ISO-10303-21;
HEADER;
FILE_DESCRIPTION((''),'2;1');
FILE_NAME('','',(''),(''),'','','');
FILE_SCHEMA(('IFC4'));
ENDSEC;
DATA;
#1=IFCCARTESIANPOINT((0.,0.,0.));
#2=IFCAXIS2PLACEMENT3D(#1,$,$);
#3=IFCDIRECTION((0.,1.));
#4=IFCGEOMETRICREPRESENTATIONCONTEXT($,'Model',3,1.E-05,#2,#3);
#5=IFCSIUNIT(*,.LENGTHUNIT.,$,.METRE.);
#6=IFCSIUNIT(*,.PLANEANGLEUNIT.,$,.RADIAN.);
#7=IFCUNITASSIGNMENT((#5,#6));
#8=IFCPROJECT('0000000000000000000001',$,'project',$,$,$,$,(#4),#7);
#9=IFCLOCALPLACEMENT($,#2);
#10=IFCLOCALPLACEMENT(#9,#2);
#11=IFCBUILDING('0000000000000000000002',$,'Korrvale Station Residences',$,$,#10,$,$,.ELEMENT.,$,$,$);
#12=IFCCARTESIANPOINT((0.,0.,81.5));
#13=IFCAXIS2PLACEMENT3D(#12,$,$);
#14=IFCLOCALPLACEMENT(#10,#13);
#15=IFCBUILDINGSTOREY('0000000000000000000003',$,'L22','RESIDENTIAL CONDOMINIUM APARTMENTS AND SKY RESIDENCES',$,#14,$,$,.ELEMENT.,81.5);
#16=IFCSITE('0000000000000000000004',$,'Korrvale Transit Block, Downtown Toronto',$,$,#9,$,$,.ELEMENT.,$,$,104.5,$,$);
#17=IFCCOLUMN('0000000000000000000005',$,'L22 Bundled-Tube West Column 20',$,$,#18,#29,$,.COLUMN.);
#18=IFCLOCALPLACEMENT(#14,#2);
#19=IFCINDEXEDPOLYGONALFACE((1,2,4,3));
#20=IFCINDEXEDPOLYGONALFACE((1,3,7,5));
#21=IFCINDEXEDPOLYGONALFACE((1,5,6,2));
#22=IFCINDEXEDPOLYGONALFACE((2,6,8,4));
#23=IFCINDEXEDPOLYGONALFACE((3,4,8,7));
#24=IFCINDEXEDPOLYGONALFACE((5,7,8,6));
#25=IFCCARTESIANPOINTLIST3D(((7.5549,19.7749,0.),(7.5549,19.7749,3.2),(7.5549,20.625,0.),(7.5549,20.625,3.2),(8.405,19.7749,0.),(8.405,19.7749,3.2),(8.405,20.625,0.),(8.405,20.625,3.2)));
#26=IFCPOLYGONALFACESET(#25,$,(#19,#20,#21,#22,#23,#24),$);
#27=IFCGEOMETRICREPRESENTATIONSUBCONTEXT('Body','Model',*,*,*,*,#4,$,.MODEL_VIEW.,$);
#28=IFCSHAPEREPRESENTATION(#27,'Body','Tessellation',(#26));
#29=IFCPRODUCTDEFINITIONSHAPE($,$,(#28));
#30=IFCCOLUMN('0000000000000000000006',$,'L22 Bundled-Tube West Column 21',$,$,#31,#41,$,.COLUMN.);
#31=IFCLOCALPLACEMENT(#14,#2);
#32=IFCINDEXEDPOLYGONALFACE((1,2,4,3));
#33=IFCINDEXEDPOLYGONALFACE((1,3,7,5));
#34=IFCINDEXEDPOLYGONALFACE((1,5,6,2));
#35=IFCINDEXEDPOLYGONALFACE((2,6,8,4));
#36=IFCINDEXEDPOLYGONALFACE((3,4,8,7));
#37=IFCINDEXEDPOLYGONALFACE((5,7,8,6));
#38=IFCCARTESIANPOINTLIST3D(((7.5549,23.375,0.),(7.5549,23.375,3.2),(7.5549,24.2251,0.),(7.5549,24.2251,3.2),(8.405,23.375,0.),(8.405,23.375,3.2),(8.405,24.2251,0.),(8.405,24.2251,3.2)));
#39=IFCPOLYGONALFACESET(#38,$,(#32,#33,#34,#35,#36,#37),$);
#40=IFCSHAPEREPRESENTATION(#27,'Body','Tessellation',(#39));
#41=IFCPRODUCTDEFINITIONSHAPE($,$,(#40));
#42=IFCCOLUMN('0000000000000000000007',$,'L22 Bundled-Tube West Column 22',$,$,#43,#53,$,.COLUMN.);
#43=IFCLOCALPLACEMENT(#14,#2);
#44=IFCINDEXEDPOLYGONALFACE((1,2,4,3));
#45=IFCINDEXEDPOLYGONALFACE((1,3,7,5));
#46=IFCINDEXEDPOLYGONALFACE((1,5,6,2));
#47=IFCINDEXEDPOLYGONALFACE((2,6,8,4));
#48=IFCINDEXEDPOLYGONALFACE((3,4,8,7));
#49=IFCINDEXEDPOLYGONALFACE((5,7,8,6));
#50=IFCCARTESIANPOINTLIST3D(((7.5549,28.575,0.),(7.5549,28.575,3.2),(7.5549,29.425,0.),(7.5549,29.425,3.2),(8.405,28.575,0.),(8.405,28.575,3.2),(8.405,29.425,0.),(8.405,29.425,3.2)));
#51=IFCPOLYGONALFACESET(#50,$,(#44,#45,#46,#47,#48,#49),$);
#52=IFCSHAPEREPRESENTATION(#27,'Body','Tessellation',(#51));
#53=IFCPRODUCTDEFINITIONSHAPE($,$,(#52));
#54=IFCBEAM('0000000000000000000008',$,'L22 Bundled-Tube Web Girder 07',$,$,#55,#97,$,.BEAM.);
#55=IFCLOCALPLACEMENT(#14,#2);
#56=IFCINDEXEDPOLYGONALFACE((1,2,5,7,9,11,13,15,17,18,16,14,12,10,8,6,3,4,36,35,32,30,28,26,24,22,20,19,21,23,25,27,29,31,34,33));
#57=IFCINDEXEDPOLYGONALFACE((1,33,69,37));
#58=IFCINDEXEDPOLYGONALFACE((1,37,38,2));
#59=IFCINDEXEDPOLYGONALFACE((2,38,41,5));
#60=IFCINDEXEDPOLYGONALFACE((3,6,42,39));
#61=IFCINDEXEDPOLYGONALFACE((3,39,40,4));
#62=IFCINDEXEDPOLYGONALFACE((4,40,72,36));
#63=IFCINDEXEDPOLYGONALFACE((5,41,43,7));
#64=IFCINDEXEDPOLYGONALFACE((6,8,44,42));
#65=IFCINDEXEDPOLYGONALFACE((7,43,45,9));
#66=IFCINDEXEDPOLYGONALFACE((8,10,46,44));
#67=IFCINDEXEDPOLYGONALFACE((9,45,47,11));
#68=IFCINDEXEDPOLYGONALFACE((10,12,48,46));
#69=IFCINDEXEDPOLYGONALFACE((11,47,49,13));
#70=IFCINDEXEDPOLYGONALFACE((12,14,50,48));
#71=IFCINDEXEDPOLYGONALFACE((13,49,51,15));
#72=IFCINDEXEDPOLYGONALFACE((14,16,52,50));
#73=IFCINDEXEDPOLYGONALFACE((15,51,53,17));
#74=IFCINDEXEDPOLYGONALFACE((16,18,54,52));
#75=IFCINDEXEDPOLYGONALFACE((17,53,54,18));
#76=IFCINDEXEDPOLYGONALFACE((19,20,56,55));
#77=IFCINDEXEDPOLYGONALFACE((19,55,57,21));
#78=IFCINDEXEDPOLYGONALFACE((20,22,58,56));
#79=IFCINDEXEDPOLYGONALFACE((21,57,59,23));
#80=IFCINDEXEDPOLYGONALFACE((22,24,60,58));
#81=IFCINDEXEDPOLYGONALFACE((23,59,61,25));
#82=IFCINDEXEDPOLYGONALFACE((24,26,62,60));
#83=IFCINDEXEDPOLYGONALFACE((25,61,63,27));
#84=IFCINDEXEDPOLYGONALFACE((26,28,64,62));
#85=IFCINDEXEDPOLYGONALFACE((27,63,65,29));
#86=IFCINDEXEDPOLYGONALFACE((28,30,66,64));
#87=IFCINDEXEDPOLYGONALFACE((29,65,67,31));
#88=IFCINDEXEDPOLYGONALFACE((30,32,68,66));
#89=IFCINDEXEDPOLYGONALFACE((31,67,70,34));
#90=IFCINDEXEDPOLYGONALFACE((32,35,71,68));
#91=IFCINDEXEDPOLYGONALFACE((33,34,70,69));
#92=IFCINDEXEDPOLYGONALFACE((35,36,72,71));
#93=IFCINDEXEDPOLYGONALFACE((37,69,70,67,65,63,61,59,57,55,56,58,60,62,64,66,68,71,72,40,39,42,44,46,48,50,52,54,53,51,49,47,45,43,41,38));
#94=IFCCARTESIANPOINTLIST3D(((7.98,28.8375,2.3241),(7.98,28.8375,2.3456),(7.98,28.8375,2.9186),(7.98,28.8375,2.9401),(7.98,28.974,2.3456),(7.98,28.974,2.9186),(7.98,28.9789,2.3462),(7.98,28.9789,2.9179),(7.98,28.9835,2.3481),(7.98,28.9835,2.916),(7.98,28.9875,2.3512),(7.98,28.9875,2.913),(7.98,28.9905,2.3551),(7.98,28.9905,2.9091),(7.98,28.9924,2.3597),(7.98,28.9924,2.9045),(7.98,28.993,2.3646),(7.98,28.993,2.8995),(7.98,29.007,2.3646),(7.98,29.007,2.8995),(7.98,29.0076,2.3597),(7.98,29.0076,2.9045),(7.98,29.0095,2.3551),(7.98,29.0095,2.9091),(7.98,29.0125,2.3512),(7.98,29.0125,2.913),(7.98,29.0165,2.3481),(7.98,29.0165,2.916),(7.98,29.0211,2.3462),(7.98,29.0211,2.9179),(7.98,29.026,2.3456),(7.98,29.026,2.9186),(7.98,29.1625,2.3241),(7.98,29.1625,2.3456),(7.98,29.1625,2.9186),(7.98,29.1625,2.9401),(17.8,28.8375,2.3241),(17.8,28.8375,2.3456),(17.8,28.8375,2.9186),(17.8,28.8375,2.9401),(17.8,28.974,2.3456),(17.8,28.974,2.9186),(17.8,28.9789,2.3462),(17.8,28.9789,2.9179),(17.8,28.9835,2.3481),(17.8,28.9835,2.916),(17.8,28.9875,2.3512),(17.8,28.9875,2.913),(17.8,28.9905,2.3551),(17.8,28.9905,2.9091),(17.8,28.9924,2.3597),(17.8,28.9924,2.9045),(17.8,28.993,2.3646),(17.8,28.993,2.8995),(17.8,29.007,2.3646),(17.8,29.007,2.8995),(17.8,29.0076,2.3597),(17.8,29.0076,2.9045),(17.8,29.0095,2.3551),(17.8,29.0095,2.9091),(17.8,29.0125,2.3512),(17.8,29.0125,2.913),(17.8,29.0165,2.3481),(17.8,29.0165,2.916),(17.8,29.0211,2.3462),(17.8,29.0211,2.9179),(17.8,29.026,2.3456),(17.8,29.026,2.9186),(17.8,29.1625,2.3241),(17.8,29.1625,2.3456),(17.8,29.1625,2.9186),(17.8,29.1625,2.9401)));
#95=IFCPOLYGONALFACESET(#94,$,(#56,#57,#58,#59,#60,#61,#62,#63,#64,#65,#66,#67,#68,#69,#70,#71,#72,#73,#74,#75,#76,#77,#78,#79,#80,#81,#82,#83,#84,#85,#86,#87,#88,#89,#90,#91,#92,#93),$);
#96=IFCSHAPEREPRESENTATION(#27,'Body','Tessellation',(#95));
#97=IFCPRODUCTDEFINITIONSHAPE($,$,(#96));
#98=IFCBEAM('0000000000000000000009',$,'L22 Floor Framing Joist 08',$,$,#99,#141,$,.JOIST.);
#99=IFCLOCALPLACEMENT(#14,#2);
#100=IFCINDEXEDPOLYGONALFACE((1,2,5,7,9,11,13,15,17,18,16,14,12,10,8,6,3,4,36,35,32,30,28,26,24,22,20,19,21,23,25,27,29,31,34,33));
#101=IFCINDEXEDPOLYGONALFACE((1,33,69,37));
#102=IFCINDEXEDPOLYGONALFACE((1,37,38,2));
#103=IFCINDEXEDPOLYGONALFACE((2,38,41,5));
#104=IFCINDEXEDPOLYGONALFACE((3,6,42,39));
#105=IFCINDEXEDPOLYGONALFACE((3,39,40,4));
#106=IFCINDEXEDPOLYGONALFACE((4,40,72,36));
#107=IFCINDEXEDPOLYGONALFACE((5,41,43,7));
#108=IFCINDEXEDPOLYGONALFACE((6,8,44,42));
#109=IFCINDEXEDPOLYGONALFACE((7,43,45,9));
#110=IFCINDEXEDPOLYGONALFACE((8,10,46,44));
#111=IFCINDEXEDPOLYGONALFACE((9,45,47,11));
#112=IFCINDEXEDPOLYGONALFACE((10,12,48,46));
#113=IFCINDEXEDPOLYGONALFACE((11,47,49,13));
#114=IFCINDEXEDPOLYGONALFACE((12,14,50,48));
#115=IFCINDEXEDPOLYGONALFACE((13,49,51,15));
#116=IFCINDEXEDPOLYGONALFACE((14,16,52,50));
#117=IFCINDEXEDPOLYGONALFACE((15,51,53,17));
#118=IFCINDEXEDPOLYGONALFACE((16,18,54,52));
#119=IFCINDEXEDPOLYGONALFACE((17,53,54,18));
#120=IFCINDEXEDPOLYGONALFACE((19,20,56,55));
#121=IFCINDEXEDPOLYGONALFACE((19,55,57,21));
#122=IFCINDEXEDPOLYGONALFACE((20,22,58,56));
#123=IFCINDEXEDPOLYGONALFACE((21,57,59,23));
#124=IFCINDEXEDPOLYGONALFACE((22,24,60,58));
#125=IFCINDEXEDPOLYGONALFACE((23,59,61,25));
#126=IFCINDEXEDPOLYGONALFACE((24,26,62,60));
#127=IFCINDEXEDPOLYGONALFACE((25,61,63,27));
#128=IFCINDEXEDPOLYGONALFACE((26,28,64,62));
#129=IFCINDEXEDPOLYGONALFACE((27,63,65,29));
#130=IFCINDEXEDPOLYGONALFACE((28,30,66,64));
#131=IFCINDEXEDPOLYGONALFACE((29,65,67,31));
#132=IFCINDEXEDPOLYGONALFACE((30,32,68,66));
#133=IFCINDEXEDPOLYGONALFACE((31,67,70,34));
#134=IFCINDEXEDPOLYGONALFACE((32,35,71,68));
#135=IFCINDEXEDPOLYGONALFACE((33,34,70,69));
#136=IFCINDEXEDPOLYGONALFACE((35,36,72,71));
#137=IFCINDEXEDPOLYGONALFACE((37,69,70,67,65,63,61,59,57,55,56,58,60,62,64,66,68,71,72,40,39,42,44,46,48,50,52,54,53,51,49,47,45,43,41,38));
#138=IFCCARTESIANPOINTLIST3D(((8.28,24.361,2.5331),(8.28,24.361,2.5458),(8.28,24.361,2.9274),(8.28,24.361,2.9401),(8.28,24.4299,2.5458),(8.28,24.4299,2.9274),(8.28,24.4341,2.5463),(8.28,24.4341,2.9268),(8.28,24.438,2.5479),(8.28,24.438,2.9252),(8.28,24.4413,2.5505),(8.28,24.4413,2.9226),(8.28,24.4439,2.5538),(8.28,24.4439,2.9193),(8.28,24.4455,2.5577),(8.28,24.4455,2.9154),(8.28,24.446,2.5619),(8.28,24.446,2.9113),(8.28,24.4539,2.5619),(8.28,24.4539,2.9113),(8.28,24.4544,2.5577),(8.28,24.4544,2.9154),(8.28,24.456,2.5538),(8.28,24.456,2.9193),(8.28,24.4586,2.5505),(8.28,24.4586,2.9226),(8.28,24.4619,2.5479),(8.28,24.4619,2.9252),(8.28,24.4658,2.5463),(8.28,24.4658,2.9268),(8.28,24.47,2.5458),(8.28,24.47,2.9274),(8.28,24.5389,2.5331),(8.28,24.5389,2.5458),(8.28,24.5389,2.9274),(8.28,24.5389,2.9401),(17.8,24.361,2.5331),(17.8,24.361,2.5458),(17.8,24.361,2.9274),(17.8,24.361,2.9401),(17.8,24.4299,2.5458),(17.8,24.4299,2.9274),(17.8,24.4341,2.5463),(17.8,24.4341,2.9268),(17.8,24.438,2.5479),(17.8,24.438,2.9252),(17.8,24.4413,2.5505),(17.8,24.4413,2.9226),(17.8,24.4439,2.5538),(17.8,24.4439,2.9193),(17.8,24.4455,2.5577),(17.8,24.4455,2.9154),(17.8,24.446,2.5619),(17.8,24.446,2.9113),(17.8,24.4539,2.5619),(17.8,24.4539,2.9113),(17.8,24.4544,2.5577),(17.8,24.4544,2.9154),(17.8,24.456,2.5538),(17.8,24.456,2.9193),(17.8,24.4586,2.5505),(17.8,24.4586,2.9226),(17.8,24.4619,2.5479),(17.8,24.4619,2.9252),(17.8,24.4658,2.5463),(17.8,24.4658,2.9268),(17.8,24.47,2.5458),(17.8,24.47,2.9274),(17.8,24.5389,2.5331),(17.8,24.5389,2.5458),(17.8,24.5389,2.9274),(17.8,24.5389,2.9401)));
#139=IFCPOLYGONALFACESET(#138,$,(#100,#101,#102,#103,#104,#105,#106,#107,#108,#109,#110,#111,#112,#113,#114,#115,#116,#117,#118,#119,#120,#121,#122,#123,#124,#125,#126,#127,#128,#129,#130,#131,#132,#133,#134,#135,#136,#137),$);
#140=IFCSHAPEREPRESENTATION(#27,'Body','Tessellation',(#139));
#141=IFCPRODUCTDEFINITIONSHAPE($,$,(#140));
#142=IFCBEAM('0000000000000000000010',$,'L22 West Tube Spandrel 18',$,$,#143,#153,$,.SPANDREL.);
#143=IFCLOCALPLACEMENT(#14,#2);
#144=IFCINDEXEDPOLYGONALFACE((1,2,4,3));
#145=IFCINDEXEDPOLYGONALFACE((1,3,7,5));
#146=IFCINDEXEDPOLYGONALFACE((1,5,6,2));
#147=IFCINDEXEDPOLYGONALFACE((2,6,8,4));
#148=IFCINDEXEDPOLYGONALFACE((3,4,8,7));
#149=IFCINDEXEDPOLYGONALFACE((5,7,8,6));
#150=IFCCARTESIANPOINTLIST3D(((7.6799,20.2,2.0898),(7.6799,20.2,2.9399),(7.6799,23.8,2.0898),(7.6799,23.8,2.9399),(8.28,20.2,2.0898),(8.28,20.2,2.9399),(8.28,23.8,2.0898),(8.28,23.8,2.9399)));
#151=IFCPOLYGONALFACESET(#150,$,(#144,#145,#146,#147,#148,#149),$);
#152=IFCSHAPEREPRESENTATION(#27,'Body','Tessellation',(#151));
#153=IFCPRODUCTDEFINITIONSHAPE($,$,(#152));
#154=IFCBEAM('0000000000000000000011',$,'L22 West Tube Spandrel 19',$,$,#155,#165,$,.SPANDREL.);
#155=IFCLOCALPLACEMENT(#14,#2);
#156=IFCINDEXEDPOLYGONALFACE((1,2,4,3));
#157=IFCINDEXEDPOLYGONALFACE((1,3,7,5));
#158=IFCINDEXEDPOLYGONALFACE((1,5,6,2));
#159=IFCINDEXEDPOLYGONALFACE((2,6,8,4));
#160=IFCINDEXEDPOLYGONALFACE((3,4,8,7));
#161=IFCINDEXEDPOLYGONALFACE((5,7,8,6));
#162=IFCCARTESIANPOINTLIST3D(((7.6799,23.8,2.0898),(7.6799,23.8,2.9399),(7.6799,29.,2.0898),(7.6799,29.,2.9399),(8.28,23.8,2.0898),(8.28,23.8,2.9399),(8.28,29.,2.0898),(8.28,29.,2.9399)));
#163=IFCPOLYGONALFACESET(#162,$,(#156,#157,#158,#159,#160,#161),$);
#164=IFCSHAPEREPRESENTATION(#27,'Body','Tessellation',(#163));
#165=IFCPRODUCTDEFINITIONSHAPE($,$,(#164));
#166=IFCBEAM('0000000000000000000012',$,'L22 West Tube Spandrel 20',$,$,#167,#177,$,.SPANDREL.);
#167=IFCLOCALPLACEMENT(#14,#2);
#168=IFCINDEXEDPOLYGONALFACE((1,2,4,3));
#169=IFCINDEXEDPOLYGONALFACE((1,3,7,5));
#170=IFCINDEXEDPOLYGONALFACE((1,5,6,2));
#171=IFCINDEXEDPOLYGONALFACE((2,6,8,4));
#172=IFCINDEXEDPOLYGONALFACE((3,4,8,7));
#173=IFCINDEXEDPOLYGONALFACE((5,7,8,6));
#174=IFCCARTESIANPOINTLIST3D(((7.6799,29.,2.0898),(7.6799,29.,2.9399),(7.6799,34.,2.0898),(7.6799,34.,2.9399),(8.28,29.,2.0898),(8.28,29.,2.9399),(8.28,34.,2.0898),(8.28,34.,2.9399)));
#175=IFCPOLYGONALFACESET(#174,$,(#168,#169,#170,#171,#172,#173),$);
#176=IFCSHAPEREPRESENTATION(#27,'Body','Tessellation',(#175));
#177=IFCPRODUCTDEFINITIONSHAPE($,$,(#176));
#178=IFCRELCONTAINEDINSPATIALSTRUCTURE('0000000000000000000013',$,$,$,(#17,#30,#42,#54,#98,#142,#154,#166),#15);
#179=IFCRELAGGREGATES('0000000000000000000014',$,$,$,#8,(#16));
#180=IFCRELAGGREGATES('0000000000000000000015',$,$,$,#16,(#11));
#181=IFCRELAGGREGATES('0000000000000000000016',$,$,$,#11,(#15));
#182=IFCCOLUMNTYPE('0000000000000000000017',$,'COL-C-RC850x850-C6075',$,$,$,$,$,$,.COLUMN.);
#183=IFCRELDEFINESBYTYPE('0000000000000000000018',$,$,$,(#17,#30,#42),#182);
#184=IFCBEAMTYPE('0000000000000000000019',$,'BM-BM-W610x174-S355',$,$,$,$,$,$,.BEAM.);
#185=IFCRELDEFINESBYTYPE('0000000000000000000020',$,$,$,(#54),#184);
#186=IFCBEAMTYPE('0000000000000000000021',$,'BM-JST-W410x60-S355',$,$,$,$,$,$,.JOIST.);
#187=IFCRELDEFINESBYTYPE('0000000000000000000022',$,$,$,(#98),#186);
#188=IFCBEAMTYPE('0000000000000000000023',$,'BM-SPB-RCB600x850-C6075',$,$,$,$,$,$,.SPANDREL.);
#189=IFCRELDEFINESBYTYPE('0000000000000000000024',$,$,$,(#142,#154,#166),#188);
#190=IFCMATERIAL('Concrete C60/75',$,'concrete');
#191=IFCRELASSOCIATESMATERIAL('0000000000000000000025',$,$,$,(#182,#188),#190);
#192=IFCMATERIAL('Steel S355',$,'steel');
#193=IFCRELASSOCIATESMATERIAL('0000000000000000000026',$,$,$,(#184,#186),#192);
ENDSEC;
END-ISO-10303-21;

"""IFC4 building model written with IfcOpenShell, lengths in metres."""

from ifc_helpers import new_model, si_unit, direction, frame, origin, origin_2d, place, context, subcontext, project, spatial, rectangle, i_section, extrude, material, material_profile, profile_set, type_object, element, save


model = new_model("IFC4")

# Units and contexts
model_context = context("Model", 3, precision=1e-05, world=origin(), true_north=direction((0.0, 1.0)))
body_context = subcontext(model_context, "Body", "Model", "MODEL_VIEW")
ifc_project = project(units=[si_unit("LENGTHUNIT", "METRE"), si_unit("PLANEANGLEUNIT", "RADIAN")], contexts=[model_context])

# Site, building, storey
site_placement = place(None, origin())
site = spatial("IfcSite", under=ifc_project, at=site_placement, Name="Korrvale Transit Block, Downtown Toronto", CompositionType="ELEMENT", RefElevation=104.5)
building_placement = place(site_placement, origin())
building = spatial("IfcBuilding", under=site, at=building_placement, Name="Korrvale Station Residences", CompositionType="ELEMENT")
storey_placement = place(building_placement, frame((0.0, 0.0, 81.5)))
storey = spatial("IfcBuildingStorey", under=building, at=storey_placement, Name="L22", Description="RESIDENTIAL CONDOMINIUM APARTMENTS AND SKY RESIDENCES", CompositionType="ELEMENT", Elevation=81.5)

# Columns
ifc_material_1 = material(Name="Concrete C60/75", Category="concrete")
ifc_material_profile_1 = material_profile(ifc_material_1, rectangle(XDim=0.8501, YDim=0.8501, at=origin_2d()), Name="RC850x850")
ifc_profile_set_1 = profile_set([ifc_material_profile_1], Name="Concrete C60/75")
column_type = type_object("IfcColumnType", Name="COL-C-RC850x850-C6075", PredefinedType="COLUMN", material=ifc_profile_set_1)
for number, where, z_axis, x_axis, name in (
    (1, (7.98, 20.2, 0.0), (0.0, 0.0, 1.0), (1.0, 0.0, 0.0), "L22 Bundled-Tube West Column 20"),
    (2, (7.98, 23.8, 0.0), (0.0, 0.0, 1.0), (1.0, 0.0, 0.0), "L22 Bundled-Tube West Column 21"),
    (3, (7.98, 29.0, 0.0), (0.0, 0.0, 1.0), (1.0, 0.0, 0.0), "L22 Bundled-Tube West Column 22"),
):
    element("IfcColumn", number, at=place(storey_placement, frame(where, z_axis=z_axis, x_axis=x_axis)), inside=storey, type_object=column_type, Name=name, PredefinedType="COLUMN", context=body_context, shape_type="SweptSolid", body=[
        extrude(rectangle(XDim=0.8501, YDim=0.8501, at=origin_2d()), origin(), (0.0, 0.0, 1.0), 3.2),
    ])

# Beams
ifc_material_2 = material(Name="Steel S355", Category="steel")
ifc_material_profile_2 = material_profile(ifc_material_2, i_section(OverallWidth=0.325, OverallDepth=0.616, WebThickness=0.0139, FlangeThickness=0.0215, FilletRadius=0.019, at=origin_2d()), Name="W610x174")
ifc_profile_set_2 = profile_set([ifc_material_profile_2], Name="Steel S355")
beam_type_1 = type_object("IfcBeamType", Name="BM-BM-W610x174-S355", PredefinedType="BEAM", material=ifc_profile_set_2)
beam_1_placement = place(storey_placement, frame((7.98, 29.0, 2.6321), z_axis=(1.0, 0.0, 0.0), x_axis=(0.0, 1.0, 0.0)))
element("IfcBeam", 4, at=beam_1_placement, inside=storey, type_object=beam_type_1, Name="L22 Bundled-Tube Web Girder 07", PredefinedType="BEAM", context=body_context, shape_type="SweptSolid", body=[
    extrude(i_section(OverallWidth=0.325, OverallDepth=0.616, WebThickness=0.0139, FlangeThickness=0.0215, FilletRadius=0.019, at=origin_2d()), origin(), (0.0, 0.0, 1.0), 9.8201),
])
ifc_material_profile_3 = material_profile(ifc_material_2, i_section(OverallWidth=0.178, OverallDepth=0.407, WebThickness=0.0078, FlangeThickness=0.0127, FilletRadius=0.0161, at=origin_2d()), Name="W410x60")
ifc_profile_set_3 = profile_set([ifc_material_profile_3], Name="Steel S355")
beam_type_2 = type_object("IfcBeamType", Name="BM-JST-W410x60-S355", PredefinedType="JOIST", material=ifc_profile_set_3)
beam_2_placement = place(storey_placement, frame((8.28, 24.45, 2.7366), z_axis=(1.0, 0.0, 0.0), x_axis=(0.0, 1.0, 0.0)))
element("IfcBeam", 5, at=beam_2_placement, inside=storey, type_object=beam_type_2, Name="L22 Floor Framing Joist 08", PredefinedType="JOIST", context=body_context, shape_type="SweptSolid", body=[
    extrude(i_section(OverallWidth=0.178, OverallDepth=0.407, WebThickness=0.0078, FlangeThickness=0.0127, FilletRadius=0.0161, at=origin_2d()), origin(), (0.0, 0.0, 1.0), 9.52),
])
ifc_material_profile_4 = material_profile(ifc_material_1, rectangle(XDim=0.6001, YDim=0.8501, at=origin_2d()), Name="RCB600x850")
ifc_profile_set_4 = profile_set([ifc_material_profile_4], Name="Concrete C60/75")
beam_type_3 = type_object("IfcBeamType", Name="BM-SPB-RCB600x850-C6075", PredefinedType="SPANDREL", material=ifc_profile_set_4)
beam_3_placement = place(storey_placement, frame((7.98, 20.2, 2.5149), z_axis=(0.0, 1.0, 0.0), x_axis=(-1.0, 0.0, 0.0)))
element("IfcBeam", 6, at=beam_3_placement, inside=storey, type_object=beam_type_3, Name="L22 West Tube Spandrel 18", PredefinedType="SPANDREL", context=body_context, shape_type="SweptSolid", body=[
    extrude(rectangle(XDim=0.6001, YDim=0.8501, at=origin_2d()), origin(), (0.0, 0.0, 1.0), 3.6001),
])
beam_4_placement = place(storey_placement, frame((7.98, 23.8, 2.5149), z_axis=(0.0, 1.0, 0.0), x_axis=(-1.0, 0.0, 0.0)))
element("IfcBeam", 7, at=beam_4_placement, inside=storey, type_object=beam_type_3, Name="L22 West Tube Spandrel 19", PredefinedType="SPANDREL", context=body_context, shape_type="SweptSolid", body=[
    extrude(rectangle(XDim=0.6001, YDim=0.8501, at=origin_2d()), origin(), (0.0, 0.0, 1.0), 5.2),
])
beam_5_placement = place(storey_placement, frame((7.98, 29.0, 2.5149), z_axis=(0.0, 1.0, 0.0), x_axis=(-1.0, 0.0, 0.0)))
element("IfcBeam", 8, at=beam_5_placement, inside=storey, type_object=beam_type_3, Name="L22 West Tube Spandrel 20", PredefinedType="SPANDREL", context=body_context, shape_type="SweptSolid", body=[
    extrude(rectangle(XDim=0.6001, YDim=0.8501, at=origin_2d()), origin(), (0.0, 0.0, 1.0), 5.0),
])

save(model, "model.ifc")
